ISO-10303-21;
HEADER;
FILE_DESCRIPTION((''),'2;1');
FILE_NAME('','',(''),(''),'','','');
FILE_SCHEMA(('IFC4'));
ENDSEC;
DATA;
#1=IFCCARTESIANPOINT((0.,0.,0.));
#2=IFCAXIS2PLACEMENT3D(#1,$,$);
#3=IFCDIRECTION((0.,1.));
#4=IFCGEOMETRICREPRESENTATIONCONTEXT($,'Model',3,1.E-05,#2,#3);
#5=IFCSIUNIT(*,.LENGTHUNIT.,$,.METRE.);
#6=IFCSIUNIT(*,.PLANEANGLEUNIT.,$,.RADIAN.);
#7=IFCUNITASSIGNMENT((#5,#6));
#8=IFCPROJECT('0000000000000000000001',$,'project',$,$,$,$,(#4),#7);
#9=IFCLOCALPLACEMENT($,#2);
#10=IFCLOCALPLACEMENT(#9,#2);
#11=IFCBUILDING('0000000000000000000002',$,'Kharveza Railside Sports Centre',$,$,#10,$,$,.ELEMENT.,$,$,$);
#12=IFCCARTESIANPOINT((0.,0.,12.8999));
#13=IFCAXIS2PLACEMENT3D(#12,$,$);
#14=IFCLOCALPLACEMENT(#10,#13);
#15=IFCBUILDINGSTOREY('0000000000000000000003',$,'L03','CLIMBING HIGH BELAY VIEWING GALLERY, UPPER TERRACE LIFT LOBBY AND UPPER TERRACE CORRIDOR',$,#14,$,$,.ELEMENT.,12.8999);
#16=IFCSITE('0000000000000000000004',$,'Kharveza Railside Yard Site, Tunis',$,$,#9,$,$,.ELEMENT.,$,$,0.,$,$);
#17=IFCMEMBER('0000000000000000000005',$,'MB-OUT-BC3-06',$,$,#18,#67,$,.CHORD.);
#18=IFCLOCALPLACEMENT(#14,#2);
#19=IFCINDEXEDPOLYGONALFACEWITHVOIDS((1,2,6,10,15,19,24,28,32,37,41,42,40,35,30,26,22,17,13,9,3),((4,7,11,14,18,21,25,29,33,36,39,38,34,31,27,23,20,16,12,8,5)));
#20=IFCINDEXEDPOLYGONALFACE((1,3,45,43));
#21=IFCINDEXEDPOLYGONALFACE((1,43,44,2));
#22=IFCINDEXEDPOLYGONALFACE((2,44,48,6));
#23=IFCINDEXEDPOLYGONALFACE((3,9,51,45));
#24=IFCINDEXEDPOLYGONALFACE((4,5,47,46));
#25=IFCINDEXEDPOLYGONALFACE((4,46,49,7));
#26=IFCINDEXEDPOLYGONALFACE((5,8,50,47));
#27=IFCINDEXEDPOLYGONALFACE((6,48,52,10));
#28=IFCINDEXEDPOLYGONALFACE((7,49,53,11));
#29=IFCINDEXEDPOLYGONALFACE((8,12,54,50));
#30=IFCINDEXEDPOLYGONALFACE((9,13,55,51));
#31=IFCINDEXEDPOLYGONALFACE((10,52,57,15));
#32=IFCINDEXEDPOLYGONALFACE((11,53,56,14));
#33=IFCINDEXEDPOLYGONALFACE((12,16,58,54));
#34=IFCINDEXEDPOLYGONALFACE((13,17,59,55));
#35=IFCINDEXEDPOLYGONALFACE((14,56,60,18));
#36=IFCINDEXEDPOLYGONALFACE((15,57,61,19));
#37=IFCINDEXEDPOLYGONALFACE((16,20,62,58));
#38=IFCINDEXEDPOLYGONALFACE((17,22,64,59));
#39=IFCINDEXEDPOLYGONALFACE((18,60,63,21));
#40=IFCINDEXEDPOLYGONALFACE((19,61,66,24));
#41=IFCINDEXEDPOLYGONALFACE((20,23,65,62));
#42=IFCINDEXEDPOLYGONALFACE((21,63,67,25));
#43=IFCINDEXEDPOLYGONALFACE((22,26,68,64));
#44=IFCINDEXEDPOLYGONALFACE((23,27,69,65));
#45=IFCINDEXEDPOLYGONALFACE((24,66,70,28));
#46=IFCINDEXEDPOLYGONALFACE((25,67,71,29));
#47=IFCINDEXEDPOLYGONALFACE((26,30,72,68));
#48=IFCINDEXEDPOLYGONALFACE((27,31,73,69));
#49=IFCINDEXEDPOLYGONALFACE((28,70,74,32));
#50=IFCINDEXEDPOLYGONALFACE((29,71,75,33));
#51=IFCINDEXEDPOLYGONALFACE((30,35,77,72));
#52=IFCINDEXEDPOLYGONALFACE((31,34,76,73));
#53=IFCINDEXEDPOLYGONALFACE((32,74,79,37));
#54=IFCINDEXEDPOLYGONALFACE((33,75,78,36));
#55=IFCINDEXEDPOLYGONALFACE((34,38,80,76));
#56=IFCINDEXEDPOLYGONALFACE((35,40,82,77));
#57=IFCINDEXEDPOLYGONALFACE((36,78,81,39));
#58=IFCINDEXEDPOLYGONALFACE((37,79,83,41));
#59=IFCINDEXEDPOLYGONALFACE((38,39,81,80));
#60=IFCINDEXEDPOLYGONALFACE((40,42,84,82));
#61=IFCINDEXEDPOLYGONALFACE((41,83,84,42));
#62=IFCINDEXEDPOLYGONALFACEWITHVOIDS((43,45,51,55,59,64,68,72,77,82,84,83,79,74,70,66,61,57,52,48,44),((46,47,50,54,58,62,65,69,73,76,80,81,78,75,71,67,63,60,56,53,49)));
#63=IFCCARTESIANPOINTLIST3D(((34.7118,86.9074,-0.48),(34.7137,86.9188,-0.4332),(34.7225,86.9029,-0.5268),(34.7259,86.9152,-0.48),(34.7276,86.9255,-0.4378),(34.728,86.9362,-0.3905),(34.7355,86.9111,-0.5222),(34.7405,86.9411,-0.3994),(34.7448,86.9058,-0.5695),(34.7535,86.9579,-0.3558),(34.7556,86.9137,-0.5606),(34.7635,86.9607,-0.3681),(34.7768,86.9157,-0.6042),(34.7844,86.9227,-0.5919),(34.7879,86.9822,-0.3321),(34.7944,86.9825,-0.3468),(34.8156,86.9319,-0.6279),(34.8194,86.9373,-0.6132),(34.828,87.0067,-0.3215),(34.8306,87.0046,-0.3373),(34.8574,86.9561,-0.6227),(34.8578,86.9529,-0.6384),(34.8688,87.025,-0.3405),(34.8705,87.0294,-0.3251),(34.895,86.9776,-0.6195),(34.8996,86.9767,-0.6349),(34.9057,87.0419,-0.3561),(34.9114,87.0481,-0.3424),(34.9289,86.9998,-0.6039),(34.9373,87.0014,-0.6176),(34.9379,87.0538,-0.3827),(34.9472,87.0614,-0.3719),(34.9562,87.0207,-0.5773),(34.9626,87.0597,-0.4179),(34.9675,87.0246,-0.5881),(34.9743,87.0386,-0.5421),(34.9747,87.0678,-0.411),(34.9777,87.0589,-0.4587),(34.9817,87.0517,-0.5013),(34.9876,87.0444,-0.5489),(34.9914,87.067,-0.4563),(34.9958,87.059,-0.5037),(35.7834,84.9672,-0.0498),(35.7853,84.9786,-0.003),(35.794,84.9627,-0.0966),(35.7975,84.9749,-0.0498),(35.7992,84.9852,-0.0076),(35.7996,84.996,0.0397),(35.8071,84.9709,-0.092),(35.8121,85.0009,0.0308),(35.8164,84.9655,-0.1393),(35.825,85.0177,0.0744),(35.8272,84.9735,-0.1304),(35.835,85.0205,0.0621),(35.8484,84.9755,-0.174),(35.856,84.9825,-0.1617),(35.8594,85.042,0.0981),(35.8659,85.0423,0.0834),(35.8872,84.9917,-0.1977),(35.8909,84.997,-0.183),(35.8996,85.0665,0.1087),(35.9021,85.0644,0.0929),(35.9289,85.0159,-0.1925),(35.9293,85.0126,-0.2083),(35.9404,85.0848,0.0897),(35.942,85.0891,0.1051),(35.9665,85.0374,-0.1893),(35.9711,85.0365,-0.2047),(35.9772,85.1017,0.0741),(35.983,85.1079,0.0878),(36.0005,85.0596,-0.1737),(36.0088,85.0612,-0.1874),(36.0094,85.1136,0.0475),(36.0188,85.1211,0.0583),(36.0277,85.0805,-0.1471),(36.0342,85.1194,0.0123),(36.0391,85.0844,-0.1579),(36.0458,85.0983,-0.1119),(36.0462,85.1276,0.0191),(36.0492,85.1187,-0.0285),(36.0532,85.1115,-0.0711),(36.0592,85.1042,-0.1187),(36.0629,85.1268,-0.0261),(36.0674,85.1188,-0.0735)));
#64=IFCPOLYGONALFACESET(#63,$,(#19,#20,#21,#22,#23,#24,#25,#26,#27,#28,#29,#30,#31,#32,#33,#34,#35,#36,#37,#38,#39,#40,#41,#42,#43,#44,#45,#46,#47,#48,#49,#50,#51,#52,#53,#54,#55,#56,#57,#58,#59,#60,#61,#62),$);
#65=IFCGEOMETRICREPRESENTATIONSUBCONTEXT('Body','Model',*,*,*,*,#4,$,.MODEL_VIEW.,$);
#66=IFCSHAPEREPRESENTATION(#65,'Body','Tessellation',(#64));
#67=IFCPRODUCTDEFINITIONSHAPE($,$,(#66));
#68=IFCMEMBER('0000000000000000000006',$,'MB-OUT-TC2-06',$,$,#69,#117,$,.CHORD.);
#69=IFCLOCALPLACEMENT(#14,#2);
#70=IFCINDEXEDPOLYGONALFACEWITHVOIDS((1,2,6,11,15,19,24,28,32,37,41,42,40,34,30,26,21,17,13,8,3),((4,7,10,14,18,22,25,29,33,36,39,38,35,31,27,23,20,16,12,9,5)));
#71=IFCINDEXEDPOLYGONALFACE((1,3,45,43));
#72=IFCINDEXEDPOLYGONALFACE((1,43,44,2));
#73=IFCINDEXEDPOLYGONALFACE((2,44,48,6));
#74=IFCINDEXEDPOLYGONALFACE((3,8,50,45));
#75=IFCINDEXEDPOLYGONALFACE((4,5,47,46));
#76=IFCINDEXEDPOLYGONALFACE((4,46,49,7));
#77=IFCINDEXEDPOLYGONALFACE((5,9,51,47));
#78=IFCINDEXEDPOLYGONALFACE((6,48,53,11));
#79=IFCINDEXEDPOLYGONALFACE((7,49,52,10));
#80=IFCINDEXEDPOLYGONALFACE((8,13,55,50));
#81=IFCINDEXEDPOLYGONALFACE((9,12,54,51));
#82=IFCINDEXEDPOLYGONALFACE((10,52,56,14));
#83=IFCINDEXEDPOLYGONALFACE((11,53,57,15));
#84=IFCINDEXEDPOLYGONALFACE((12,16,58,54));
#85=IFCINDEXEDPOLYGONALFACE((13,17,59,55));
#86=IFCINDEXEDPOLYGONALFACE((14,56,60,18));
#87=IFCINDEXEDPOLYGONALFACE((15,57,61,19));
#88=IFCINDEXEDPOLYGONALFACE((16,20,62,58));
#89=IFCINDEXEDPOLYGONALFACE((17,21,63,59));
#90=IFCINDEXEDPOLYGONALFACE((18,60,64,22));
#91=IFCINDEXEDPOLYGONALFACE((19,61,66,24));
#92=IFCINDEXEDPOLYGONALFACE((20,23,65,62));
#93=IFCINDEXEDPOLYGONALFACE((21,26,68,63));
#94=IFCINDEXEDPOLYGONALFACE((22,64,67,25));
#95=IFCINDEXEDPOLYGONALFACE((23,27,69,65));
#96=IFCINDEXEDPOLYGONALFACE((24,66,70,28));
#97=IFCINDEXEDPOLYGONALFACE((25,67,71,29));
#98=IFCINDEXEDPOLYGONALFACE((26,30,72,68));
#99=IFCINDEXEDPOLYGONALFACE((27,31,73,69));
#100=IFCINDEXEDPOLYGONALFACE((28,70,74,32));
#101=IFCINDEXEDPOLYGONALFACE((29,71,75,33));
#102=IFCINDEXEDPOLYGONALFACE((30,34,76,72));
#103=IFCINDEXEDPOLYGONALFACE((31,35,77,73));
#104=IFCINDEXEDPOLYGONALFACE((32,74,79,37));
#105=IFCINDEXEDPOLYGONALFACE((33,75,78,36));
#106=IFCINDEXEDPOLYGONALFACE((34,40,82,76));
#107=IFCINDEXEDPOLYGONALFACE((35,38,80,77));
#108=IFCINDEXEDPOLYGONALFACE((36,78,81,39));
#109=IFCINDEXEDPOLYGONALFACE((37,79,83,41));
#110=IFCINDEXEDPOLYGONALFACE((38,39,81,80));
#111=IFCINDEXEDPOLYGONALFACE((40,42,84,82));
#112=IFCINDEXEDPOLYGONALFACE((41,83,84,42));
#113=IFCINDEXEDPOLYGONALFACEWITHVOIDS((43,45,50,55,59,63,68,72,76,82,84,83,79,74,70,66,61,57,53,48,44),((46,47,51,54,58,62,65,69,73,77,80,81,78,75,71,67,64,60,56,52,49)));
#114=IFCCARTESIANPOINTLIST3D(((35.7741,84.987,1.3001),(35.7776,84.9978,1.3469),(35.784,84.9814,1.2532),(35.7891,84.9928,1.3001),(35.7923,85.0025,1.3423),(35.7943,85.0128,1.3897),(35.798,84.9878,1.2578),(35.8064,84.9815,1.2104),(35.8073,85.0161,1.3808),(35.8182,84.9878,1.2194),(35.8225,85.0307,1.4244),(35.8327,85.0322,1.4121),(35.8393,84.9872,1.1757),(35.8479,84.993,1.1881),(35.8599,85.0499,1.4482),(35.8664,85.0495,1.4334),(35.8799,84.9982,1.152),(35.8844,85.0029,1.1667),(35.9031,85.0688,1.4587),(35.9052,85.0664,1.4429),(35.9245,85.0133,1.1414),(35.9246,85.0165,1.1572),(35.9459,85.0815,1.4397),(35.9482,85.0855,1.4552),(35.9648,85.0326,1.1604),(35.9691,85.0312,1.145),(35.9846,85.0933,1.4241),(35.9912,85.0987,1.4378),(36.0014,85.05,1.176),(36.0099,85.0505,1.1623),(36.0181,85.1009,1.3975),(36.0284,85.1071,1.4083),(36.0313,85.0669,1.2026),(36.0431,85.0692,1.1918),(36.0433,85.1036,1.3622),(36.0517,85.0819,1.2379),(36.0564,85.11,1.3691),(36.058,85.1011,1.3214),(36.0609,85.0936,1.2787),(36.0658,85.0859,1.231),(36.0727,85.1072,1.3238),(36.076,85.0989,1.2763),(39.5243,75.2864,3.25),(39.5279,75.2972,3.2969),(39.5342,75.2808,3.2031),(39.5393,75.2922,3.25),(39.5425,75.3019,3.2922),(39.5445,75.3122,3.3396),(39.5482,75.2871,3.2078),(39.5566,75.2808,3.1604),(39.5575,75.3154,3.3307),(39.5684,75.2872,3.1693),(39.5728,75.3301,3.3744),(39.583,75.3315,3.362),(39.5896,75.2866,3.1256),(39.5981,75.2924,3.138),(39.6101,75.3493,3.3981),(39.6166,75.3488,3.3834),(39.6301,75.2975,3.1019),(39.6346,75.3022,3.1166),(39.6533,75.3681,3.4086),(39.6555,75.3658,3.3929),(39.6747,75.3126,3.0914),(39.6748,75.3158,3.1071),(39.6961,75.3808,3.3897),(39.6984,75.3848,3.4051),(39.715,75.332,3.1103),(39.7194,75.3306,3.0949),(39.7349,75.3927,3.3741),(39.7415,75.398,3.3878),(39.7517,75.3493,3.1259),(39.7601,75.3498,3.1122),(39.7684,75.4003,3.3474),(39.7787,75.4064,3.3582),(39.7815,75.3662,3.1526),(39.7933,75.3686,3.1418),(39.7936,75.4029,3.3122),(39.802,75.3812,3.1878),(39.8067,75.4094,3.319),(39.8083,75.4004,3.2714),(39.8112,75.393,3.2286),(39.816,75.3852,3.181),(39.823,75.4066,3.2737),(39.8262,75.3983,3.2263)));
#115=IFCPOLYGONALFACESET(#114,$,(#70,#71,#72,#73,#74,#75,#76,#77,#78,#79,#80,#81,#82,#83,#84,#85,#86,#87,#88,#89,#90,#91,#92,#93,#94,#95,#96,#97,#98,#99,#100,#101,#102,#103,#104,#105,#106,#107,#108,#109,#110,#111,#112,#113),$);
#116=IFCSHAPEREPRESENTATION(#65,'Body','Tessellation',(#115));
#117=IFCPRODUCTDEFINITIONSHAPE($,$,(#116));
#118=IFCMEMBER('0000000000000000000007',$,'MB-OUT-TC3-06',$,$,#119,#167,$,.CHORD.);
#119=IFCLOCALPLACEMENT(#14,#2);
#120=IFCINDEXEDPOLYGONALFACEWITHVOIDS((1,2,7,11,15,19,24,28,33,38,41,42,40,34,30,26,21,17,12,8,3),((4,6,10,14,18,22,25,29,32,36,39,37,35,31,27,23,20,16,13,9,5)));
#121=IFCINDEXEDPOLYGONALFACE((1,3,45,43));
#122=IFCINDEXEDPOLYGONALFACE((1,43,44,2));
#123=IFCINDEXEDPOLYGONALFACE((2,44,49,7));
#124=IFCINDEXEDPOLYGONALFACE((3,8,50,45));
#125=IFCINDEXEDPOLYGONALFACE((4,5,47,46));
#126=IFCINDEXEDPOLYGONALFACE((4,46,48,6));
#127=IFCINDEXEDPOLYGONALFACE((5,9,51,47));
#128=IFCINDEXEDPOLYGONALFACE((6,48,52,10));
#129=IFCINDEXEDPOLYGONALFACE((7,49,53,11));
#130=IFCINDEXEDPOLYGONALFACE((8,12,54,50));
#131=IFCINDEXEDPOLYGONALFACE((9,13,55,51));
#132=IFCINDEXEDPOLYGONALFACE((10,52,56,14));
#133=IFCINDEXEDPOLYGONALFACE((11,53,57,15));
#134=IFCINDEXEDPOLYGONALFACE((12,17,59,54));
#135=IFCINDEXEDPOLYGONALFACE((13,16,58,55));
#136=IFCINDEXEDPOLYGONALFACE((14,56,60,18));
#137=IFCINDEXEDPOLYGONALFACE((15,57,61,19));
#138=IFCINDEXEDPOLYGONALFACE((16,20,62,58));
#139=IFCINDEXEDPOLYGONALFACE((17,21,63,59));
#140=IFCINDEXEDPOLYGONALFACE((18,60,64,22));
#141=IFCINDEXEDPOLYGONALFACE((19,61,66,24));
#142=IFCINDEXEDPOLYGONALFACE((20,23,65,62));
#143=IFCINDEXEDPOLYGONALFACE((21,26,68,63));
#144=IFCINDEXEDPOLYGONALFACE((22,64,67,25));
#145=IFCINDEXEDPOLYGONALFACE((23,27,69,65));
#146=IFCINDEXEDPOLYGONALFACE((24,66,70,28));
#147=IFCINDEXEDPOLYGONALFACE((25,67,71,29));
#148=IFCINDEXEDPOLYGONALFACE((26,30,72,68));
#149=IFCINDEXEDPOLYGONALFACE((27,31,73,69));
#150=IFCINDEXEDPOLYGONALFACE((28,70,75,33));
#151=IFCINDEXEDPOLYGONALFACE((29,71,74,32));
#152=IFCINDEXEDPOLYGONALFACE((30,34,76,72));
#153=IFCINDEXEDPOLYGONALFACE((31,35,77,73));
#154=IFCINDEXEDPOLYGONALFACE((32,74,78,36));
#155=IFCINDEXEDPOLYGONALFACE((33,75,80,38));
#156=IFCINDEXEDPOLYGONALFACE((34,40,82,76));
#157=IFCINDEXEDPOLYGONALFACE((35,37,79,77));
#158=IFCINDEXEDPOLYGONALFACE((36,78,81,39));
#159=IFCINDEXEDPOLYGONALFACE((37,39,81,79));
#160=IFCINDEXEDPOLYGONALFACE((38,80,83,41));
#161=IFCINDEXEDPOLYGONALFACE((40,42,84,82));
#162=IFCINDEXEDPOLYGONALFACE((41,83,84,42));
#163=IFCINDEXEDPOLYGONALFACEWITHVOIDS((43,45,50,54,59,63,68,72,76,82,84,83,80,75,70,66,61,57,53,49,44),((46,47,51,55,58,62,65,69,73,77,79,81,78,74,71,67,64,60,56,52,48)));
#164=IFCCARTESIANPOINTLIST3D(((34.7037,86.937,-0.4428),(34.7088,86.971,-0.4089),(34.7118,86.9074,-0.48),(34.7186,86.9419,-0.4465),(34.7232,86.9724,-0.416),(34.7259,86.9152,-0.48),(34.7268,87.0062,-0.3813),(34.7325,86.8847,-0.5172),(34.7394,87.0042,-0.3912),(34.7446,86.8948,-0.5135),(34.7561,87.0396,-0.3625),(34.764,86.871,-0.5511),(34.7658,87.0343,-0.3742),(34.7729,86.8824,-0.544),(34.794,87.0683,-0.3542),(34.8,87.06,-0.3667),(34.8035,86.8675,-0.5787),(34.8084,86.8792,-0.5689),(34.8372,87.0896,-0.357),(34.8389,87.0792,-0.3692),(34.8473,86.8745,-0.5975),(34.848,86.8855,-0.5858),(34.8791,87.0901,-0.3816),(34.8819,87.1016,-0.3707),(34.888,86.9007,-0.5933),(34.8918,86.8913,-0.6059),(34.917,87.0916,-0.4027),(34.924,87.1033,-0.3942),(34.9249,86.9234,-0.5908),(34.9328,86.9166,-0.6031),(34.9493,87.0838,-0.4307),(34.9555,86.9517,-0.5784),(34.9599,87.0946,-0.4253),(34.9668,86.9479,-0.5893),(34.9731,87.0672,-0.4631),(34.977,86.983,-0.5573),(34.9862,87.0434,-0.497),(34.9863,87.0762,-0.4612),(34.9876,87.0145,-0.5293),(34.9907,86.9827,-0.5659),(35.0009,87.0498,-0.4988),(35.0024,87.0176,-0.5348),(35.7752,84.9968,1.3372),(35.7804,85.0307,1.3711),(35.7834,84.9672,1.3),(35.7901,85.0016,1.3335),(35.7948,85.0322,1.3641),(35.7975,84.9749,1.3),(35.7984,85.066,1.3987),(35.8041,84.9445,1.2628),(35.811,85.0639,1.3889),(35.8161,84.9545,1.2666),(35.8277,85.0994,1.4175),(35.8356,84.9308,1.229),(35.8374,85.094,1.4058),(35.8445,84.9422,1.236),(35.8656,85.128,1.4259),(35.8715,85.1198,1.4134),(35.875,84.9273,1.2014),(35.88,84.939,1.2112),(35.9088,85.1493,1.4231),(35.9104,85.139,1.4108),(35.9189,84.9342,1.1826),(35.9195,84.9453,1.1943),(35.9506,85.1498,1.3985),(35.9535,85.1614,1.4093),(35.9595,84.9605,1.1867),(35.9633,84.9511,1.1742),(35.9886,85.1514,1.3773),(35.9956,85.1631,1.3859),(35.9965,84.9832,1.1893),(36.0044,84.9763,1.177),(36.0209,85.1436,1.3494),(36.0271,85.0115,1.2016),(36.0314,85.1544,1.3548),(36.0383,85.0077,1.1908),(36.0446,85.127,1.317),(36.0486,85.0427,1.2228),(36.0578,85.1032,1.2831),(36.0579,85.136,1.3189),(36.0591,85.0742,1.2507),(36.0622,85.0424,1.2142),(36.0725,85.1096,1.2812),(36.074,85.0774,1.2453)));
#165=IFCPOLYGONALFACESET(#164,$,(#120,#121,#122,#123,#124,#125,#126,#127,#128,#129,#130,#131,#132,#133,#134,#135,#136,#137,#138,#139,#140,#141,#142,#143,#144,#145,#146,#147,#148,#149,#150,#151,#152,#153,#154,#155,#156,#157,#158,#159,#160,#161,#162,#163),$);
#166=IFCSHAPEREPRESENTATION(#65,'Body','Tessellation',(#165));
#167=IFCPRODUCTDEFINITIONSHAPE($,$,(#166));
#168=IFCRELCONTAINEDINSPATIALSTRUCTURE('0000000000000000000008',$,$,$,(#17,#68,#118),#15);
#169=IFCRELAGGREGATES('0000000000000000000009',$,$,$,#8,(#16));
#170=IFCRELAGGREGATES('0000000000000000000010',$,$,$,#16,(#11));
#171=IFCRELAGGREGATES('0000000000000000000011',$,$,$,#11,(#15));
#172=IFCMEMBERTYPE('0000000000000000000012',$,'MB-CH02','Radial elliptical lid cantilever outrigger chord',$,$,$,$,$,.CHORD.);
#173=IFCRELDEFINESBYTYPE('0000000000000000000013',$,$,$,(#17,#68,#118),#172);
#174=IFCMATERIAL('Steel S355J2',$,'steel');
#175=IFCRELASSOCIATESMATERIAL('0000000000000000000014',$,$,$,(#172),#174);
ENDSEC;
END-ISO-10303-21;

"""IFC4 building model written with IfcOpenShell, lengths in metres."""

from ifc_helpers import new_model, si_unit, direction, frame, origin, origin_2d, place, context, subcontext, project, spatial, hollow_circle, extrude, material, material_profile, profile_set, type_object, element, save


model = new_model("IFC4")

# Units and contexts
model_context = context("Model", 3, precision=1e-05, world=origin(), true_north=direction((0.0, 1.0)))
body_context = subcontext(model_context, "Body", "Model", "MODEL_VIEW")
ifc_project = project(units=[si_unit("LENGTHUNIT", "METRE"), si_unit("PLANEANGLEUNIT", "RADIAN")], contexts=[model_context])

# Site, building, storey
site_placement = place(None, origin())
site = spatial("IfcSite", under=ifc_project, at=site_placement, Name="Kharveza Railside Yard Site, Tunis", CompositionType="ELEMENT", RefElevation=0.0)
building_placement = place(site_placement, origin())
building = spatial("IfcBuilding", under=site, at=building_placement, Name="Kharveza Railside Sports Centre", CompositionType="ELEMENT")
storey_placement = place(building_placement, frame((0.0, 0.0, 12.8999)))
storey = spatial("IfcBuildingStorey", under=building, at=storey_placement, Name="L03", Description="CLIMBING HIGH BELAY VIEWING GALLERY, UPPER TERRACE LIFT LOBBY AND UPPER TERRACE CORRIDOR", CompositionType="ELEMENT", Elevation=12.8999)

# Shared definitions
ifc_material_1 = material(Name="Steel S355J2", Category="steel")

# Members
ifc_material_profile_1 = material_profile(ifc_material_1, hollow_circle(Radius=0.1619, WallThickness=0.0161, at=origin_2d()), Name="CHS 323.9x16.0")
ifc_profile_set_1 = profile_set([ifc_material_profile_1], Name="Steel S355J2")
member_type_1 = type_object("IfcMemberType", Name="MB-CH02", Description="Radial elliptical lid cantilever outrigger chord", PredefinedType="CHORD", material=ifc_profile_set_1)
member_1_placement = place(storey_placement, frame((35.925, 85.0454, -0.0498), z_axis=(-0.474597, 0.859335, -0.190531), x_axis=(-0.87537, -0.483453, 0.0)))
element("IfcMember", 1, at=member_1_placement, inside=storey, type_object=member_type_1, Name="MB-OUT-BC3-06", PredefinedType="CHORD", context=body_context, shape_type="SweptSolid", body=[
    extrude(hollow_circle(Radius=0.1619, WallThickness=0.0161, at=origin_2d()), origin(), (0.0, 0.0, 1.0), 2.2578),
])
member_2_placement = place(storey_placement, frame((39.6753, 75.3447, 3.25), z_axis=(-0.354412, 0.916752, -0.184278), x_axis=(-0.932725, -0.360588, 0.0)))
element("IfcMember", 2, at=member_2_placement, inside=storey, type_object=member_type_1, Name="MB-OUT-TC2-06", PredefinedType="CHORD", context=body_context, shape_type="SweptSolid", body=[
    extrude(hollow_circle(Radius=0.1619, WallThickness=0.0161, at=origin_2d()), origin(), (0.0, 0.0, 1.0), 10.5815),
])
member_3_placement = place(storey_placement, frame((35.925, 85.0454, 1.3), z_axis=(-0.376941, 0.682512, -0.626173), x_axis=(-0.87537, -0.483453, 0.0)))
element("IfcMember", 3, at=member_3_placement, inside=storey, type_object=member_type_1, Name="MB-OUT-TC3-06", PredefinedType="CHORD", context=body_context, shape_type="SweptSolid", body=[
    extrude(hollow_circle(Radius=0.1619, WallThickness=0.0161, at=origin_2d()), origin(), (0.0, 0.0, 1.0), 2.8428),
])

save(model, "model.ifc")
